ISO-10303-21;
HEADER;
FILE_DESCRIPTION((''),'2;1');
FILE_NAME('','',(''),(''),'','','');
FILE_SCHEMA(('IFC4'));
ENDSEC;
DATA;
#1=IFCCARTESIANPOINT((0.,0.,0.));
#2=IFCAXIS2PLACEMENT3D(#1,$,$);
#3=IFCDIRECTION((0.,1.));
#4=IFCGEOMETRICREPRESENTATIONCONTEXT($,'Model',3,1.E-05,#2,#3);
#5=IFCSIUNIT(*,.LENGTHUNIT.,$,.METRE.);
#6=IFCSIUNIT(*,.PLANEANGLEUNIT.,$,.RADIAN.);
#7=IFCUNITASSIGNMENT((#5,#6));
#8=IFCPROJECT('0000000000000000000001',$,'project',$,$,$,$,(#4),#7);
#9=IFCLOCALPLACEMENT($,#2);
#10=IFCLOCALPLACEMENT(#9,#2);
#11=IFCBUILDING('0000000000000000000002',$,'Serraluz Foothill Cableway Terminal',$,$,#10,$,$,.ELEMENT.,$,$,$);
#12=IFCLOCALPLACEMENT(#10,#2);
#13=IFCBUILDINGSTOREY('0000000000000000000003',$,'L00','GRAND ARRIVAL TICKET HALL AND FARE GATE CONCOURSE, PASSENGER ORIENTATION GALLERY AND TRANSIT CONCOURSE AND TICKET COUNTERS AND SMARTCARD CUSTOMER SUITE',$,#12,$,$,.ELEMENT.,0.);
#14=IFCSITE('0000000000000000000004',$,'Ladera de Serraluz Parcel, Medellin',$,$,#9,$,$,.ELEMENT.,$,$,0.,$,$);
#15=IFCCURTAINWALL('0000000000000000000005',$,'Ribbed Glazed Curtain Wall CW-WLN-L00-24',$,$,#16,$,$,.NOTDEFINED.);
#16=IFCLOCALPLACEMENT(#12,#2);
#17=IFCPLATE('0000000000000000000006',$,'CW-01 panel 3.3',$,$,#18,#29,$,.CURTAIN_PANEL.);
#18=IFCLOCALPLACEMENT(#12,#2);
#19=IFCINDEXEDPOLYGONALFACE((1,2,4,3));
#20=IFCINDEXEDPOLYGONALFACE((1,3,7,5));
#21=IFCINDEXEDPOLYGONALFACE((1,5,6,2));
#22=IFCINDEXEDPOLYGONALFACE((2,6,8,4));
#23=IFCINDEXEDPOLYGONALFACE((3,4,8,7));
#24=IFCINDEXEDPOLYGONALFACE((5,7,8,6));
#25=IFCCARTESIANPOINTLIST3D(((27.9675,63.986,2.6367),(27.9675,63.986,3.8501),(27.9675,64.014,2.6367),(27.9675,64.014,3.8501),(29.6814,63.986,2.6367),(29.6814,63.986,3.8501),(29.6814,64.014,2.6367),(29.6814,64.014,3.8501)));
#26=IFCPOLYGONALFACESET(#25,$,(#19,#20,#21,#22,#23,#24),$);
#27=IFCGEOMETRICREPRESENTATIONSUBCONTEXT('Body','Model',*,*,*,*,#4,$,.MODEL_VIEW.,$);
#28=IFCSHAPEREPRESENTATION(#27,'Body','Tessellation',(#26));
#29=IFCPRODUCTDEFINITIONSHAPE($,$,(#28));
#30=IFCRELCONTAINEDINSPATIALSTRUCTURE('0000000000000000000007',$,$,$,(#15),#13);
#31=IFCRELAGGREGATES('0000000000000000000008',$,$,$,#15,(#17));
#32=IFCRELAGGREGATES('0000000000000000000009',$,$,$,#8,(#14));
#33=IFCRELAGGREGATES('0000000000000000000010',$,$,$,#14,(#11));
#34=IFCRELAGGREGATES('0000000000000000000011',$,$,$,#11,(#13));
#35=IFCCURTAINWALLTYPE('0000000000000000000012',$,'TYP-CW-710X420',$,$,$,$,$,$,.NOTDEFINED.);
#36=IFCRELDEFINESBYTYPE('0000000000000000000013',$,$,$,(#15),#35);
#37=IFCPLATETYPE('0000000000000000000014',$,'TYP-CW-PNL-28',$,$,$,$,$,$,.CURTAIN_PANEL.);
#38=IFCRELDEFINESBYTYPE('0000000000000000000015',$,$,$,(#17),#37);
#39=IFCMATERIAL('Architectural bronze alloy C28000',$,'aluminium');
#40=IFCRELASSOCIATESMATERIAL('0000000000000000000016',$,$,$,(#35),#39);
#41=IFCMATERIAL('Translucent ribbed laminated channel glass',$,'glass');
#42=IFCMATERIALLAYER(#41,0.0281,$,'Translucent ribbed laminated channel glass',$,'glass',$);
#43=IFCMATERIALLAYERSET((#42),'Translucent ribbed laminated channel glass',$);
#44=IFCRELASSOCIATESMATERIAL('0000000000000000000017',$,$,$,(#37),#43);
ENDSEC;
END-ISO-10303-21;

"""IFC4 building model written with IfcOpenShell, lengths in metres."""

from ifc_helpers import new_model, si_unit, direction, frame, origin, origin_2d, place, context, subcontext, project, spatial, rectangle, extrude, material, layer, layer_set, type_object, element, aggregate, save


model = new_model("IFC4")

# Units and contexts
model_context = context("Model", 3, precision=1e-05, world=origin(), true_north=direction((0.0, 1.0)))
body_context = subcontext(model_context, "Body", "Model", "MODEL_VIEW")
ifc_project = project(units=[si_unit("LENGTHUNIT", "METRE"), si_unit("PLANEANGLEUNIT", "RADIAN")], contexts=[model_context])

# Site, building, storey
site_placement = place(None, origin())
site = spatial("IfcSite", under=ifc_project, at=site_placement, Name="Ladera de Serraluz Parcel, Medellin", CompositionType="ELEMENT", RefElevation=0.0)
building_placement = place(site_placement, origin())
building = spatial("IfcBuilding", under=site, at=building_placement, Name="Serraluz Foothill Cableway Terminal", CompositionType="ELEMENT")
storey_placement = place(building_placement, origin())
storey = spatial("IfcBuildingStorey", under=building, at=storey_placement, Name="L00", Description="GRAND ARRIVAL TICKET HALL AND FARE GATE CONCOURSE, PASSENGER ORIENTATION GALLERY AND TRANSIT CONCOURSE AND TICKET COUNTERS AND SMARTCARD CUSTOMER SUITE", CompositionType="ELEMENT", Elevation=0.0)

# Curtain wall
ifc_material_1 = material(Name="Architectural bronze alloy C28000", Category="aluminium")
curtain_wall_type = type_object("IfcCurtainWallType", Name="TYP-CW-710X420", PredefinedType="NOTDEFINED", material=ifc_material_1)
curtain_wall_placement = place(storey_placement, origin())
curtain_wall = element("IfcCurtainWall", 1, at=curtain_wall_placement, inside=storey, type_object=curtain_wall_type, Name="Ribbed Glazed Curtain Wall CW-WLN-L00-24", PredefinedType="NOTDEFINED")

# Plate
ifc_material_2 = material(Name="Translucent ribbed laminated channel glass", Category="glass")
ifc_layer = layer(ifc_material_2, 0.0281, Name="Translucent ribbed laminated channel glass", Category="glass")
ifc_layer_set = layer_set([ifc_layer], Name="Translucent ribbed laminated channel glass")
plate_type = type_object("IfcPlateType", Name="TYP-CW-PNL-28", PredefinedType="CURTAIN_PANEL", material=ifc_layer_set)
plate_1_placement = place(storey_placement, frame((28.8245, 64.0, 2.6367), z_axis=(0.0, 0.0, 1.0), x_axis=(1.0, 0.0, 0.0)))
plate_1 = element("IfcPlate", 2, at=plate_1_placement, type_object=plate_type, Name="CW-01 panel 3.3", PredefinedType="CURTAIN_PANEL", context=body_context, shape_type="SweptSolid", body=[
    extrude(rectangle(XDim=1.7139, YDim=0.0281, at=origin_2d()), origin(), (0.0, 0.0, 1.0), 1.2134),
])
aggregate(curtain_wall, [plate_1])

save(model, "model.ifc")
